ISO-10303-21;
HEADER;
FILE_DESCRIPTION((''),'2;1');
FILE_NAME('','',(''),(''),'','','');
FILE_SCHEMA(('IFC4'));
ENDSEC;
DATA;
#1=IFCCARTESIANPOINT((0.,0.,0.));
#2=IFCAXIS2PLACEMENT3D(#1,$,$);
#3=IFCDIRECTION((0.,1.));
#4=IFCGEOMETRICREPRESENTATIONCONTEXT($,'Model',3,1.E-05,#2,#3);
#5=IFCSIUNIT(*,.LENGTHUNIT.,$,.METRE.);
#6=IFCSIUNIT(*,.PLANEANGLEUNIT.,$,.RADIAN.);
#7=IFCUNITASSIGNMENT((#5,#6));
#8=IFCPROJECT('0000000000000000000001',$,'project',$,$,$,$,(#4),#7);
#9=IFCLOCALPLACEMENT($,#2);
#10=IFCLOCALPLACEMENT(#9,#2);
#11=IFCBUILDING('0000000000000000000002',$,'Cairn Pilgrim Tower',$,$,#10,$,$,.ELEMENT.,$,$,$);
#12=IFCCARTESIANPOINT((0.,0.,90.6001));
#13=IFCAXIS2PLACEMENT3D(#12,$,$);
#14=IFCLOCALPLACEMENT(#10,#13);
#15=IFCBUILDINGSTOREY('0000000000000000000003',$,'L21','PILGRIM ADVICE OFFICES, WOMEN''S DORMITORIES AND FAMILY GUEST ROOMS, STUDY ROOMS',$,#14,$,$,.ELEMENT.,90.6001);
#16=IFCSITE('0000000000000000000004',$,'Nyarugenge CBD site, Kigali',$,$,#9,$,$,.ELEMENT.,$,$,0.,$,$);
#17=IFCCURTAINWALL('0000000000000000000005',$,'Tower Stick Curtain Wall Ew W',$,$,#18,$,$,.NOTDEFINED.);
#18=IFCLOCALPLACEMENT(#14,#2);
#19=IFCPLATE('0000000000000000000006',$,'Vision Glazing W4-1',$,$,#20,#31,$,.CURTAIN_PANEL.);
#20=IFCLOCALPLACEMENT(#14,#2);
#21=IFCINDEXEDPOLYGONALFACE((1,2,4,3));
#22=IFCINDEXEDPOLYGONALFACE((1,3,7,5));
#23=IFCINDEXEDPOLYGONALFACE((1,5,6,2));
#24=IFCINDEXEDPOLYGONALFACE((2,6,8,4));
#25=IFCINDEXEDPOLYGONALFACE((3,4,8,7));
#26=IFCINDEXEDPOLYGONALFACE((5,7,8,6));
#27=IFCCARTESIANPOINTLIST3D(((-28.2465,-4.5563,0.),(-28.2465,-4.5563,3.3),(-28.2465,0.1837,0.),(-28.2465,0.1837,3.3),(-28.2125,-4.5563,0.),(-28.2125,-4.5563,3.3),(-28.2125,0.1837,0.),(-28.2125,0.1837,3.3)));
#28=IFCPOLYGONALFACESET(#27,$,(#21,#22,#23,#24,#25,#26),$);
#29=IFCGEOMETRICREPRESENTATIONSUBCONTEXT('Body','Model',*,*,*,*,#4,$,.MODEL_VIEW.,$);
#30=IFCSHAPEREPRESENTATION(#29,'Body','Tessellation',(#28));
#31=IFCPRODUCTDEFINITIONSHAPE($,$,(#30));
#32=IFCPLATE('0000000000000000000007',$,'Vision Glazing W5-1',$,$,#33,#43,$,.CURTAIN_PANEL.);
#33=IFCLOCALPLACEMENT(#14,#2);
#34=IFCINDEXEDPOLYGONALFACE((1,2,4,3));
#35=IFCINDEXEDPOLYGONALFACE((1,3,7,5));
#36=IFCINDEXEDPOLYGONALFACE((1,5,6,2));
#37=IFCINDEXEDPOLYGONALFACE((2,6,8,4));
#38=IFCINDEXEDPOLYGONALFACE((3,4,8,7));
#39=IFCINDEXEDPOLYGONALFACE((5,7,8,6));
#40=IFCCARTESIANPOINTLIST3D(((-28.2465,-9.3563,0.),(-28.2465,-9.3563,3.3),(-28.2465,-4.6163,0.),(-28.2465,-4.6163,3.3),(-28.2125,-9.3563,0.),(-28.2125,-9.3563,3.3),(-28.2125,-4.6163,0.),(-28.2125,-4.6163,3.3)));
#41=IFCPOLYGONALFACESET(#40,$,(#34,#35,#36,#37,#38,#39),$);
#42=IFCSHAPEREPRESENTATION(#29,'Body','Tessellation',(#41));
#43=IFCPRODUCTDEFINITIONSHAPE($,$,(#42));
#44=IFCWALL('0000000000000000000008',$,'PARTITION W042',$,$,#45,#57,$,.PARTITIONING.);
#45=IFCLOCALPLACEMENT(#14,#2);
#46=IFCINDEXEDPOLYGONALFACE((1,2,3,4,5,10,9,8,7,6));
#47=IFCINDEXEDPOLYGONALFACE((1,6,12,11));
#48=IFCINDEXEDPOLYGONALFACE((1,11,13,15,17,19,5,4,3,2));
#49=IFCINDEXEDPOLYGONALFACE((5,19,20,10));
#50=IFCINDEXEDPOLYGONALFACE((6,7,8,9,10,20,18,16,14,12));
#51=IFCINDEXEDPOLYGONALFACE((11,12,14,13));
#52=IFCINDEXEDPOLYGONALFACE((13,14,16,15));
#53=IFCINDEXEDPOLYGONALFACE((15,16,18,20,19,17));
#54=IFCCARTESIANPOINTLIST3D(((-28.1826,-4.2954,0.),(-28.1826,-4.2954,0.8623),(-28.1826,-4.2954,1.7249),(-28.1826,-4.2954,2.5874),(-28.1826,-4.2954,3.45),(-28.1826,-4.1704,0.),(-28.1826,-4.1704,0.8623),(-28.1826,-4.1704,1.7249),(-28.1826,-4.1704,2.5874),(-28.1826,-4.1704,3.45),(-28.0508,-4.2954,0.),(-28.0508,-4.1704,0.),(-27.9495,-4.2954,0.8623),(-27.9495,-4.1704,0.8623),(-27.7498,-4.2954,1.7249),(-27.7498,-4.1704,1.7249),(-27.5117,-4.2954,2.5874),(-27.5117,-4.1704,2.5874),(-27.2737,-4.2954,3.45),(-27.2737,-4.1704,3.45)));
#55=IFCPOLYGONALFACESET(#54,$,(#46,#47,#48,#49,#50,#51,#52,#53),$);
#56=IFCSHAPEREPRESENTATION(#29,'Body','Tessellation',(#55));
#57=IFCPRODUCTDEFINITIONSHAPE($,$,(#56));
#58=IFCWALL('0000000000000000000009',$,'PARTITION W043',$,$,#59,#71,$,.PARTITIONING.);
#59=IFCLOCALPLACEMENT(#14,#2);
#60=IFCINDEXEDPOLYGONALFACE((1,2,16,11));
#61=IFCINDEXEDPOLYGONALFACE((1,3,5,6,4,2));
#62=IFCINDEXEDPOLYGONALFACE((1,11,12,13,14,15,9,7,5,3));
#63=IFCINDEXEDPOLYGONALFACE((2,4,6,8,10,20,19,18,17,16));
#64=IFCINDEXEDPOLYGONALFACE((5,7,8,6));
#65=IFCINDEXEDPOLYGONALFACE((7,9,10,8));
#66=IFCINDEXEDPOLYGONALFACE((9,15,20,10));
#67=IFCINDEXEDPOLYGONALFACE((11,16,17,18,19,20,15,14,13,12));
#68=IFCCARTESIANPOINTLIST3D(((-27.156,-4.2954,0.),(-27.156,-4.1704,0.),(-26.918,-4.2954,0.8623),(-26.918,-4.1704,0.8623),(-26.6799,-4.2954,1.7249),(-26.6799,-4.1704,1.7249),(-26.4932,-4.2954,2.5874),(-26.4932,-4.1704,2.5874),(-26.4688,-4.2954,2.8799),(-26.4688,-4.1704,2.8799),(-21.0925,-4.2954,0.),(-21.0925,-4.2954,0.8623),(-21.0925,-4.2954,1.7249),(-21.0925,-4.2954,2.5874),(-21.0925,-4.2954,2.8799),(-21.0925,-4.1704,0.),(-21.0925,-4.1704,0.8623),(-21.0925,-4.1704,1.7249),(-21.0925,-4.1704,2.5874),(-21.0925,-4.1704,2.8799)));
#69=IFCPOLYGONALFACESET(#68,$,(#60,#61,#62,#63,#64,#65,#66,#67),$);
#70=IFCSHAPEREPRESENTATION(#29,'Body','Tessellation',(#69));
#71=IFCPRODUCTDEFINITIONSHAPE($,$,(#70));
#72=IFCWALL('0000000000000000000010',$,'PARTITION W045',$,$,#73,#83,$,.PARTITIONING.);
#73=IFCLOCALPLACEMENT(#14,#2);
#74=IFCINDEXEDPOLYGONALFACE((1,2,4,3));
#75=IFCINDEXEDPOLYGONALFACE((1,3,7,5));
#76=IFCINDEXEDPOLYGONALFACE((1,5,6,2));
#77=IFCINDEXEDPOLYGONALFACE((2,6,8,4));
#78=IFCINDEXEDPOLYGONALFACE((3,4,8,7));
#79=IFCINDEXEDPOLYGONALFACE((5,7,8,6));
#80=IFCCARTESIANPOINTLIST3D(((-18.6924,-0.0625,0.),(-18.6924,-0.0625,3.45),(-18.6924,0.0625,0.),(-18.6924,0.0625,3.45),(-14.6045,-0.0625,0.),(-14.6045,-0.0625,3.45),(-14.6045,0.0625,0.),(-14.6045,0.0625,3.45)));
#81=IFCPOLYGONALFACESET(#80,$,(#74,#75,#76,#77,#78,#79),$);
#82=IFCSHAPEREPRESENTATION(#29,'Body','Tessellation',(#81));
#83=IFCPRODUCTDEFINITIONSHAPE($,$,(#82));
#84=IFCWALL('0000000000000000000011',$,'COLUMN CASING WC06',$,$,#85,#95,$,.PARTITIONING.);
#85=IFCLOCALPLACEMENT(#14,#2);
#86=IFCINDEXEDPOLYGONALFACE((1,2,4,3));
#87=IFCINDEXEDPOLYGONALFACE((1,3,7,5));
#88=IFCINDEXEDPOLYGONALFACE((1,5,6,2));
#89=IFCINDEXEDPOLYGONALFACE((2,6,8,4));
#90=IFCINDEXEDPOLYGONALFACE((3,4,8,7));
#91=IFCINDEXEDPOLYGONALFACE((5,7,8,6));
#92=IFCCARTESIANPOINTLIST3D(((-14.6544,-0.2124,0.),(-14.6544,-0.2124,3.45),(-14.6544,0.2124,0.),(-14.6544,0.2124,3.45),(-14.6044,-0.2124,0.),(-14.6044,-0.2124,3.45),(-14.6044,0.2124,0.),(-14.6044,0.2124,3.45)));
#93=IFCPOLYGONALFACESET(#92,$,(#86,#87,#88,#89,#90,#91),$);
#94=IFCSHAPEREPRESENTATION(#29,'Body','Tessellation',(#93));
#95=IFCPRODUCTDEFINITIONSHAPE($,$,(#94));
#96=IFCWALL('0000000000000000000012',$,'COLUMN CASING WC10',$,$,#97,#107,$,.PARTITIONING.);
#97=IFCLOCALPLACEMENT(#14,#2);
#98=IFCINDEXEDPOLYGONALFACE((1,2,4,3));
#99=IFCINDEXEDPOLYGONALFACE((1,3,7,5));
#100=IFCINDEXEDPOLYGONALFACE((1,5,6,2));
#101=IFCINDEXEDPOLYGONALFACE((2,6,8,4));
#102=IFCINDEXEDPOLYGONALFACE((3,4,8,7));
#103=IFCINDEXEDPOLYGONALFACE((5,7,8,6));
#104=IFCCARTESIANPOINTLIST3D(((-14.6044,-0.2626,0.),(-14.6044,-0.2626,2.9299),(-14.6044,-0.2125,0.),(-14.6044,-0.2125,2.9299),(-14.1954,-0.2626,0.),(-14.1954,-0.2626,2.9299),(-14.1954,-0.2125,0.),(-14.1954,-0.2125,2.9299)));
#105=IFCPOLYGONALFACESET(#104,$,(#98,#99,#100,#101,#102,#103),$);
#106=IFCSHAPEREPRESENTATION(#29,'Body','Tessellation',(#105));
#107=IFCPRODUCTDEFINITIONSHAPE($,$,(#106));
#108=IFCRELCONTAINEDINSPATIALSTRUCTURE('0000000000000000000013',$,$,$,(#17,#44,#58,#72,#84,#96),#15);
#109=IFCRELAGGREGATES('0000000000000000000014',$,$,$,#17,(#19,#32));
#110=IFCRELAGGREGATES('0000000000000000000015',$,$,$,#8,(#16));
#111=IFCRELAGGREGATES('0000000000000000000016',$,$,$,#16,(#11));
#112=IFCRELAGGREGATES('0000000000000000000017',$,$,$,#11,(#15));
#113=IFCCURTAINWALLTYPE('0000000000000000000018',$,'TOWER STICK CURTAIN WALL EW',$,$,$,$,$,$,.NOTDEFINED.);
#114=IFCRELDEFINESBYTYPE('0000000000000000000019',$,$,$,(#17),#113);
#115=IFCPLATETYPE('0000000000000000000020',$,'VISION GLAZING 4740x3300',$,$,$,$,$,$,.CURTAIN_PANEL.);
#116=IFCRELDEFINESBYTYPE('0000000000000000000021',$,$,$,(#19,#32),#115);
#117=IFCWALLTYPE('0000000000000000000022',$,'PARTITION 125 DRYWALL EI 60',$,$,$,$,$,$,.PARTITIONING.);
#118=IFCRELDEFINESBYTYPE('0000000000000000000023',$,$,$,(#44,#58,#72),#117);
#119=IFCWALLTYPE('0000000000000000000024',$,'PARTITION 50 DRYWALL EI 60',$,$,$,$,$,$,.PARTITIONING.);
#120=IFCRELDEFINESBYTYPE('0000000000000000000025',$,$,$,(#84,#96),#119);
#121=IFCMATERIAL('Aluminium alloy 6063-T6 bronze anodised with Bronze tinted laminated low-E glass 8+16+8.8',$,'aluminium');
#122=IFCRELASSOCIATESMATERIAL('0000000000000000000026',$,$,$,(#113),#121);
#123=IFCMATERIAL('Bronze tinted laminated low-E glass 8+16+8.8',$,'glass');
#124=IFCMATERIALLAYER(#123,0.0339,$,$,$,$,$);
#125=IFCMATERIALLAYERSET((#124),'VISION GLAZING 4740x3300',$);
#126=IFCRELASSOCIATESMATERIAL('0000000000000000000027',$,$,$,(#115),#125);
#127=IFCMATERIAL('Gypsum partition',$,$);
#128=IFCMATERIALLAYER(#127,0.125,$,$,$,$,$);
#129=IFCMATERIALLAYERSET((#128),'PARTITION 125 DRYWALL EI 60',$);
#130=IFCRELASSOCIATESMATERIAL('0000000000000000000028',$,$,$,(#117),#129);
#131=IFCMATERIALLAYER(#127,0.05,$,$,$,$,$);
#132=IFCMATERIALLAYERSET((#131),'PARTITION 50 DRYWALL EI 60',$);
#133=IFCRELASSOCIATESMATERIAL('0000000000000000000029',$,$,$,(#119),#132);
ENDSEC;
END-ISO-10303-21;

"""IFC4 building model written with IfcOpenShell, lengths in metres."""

from ifc_helpers import new_model, si_unit, direction, frame, frame_2d, origin, origin_2d, place, context, subcontext, project, spatial, polyline, rectangle, outline, extrude, material, layer, layer_set, type_object, element, aggregate, save


model = new_model("IFC4")

# Units and contexts
model_context = context("Model", 3, precision=1e-05, world=origin(), true_north=direction((0.0, 1.0)))
body_context = subcontext(model_context, "Body", "Model", "MODEL_VIEW")
ifc_project = project(units=[si_unit("LENGTHUNIT", "METRE"), si_unit("PLANEANGLEUNIT", "RADIAN")], contexts=[model_context])

# Site, building, storey
site_placement = place(None, origin())
site = spatial("IfcSite", under=ifc_project, at=site_placement, Name="Nyarugenge CBD site, Kigali", CompositionType="ELEMENT", RefElevation=0.0)
building_placement = place(site_placement, origin())
building = spatial("IfcBuilding", under=site, at=building_placement, Name="Cairn Pilgrim Tower", CompositionType="ELEMENT")
storey_placement = place(building_placement, frame((0.0, 0.0, 90.6001)))
storey = spatial("IfcBuildingStorey", under=building, at=storey_placement, Name="L21", Description="PILGRIM ADVICE OFFICES, WOMEN'S DORMITORIES AND FAMILY GUEST ROOMS, STUDY ROOMS", CompositionType="ELEMENT", Elevation=90.6001)

# Curtain wall
ifc_material_1 = material(Name="Aluminium alloy 6063-T6 bronze anodised with Bronze tinted laminated low-E glass 8+16+8.8", Category="aluminium")
curtain_wall_type = type_object("IfcCurtainWallType", Name="TOWER STICK CURTAIN WALL EW", PredefinedType="NOTDEFINED", material=ifc_material_1)
curtain_wall_placement = place(storey_placement, origin())
curtain_wall = element("IfcCurtainWall", 1, at=curtain_wall_placement, inside=storey, type_object=curtain_wall_type, Name="Tower Stick Curtain Wall Ew W", PredefinedType="NOTDEFINED")

# Plates
ifc_material_2 = material(Name="Bronze tinted laminated low-E glass 8+16+8.8", Category="glass")
ifc_layer_1 = layer(ifc_material_2, 0.0339)
ifc_layer_set_1 = layer_set([ifc_layer_1], Name="VISION GLAZING 4740x3300")
plate_type = type_object("IfcPlateType", Name="VISION GLAZING 4740x3300", PredefinedType="CURTAIN_PANEL", material=ifc_layer_set_1)
plate_1_placement = place(storey_placement, frame((-28.2295, -2.1863, 0.0), z_axis=(0.0, 0.0, 1.0), x_axis=(0.0, -1.0, 0.0)))
plate_1 = element("IfcPlate", 2, at=plate_1_placement, type_object=plate_type, Name="Vision Glazing W4-1", PredefinedType="CURTAIN_PANEL", context=body_context, shape_type="SweptSolid", body=[
    extrude(rectangle(XDim=4.74, YDim=0.0339, at=origin_2d()), origin(), (0.0, 0.0, 1.0), 3.3),
])
plate_2_placement = place(storey_placement, frame((-28.2295, -6.9863, 0.0), z_axis=(0.0, 0.0, 1.0), x_axis=(0.0, -1.0, 0.0)))
plate_2 = element("IfcPlate", 3, at=plate_2_placement, type_object=plate_type, Name="Vision Glazing W5-1", PredefinedType="CURTAIN_PANEL", context=body_context, shape_type="SweptSolid", body=[
    extrude(rectangle(XDim=4.74, YDim=0.0339, at=origin_2d()), origin(), (0.0, 0.0, 1.0), 3.3),
])
aggregate(curtain_wall, [plate_1, plate_2])

# Walls
ifc_material_3 = material(Name="Gypsum partition")
ifc_layer_2 = layer(ifc_material_3, 0.125)
ifc_layer_set_2 = layer_set([ifc_layer_2], Name="PARTITION 125 DRYWALL EI 60")
wall_type_1 = type_object("IfcWallType", Name="PARTITION 125 DRYWALL EI 60", PredefinedType="PARTITIONING", material=ifc_layer_set_2)
wall_1_placement = place(storey_placement, frame((-28.1826, -4.2329, 0.0), z_axis=(0.0, 0.0, 1.0), x_axis=(1.0, 0.0, 0.0)))
element("IfcWall", 4, at=wall_1_placement, inside=storey, type_object=wall_type_1, Name="PARTITION W042", PredefinedType="PARTITIONING", context=body_context, shape_type="SweptSolid", body=[
    extrude(outline(polyline([(0.0, 0.0), (0.1318, 0.0), (0.2332, 0.8623), (0.4329, 1.7249), (0.6709, 2.5874), (0.9089, 3.45), (0.0, 3.45), (0.0, 2.5874), (0.0, 1.7249), (0.0, 0.8623), (0.0, 0.0)])), frame((0.0, 0.0625, 0.0), z_axis=(0.0, -1.0, 0.0), x_axis=(1.0, 0.0, 0.0)), (0.0, 0.0, 1.0), 0.125),
])
wall_2_placement = place(storey_placement, frame((-27.156, -4.2329, 0.0), z_axis=(0.0, 0.0, 1.0), x_axis=(1.0, 0.0, 0.0)))
element("IfcWall", 5, at=wall_2_placement, inside=storey, type_object=wall_type_1, Name="PARTITION W043", PredefinedType="PARTITIONING", context=body_context, shape_type="SweptSolid", body=[
    extrude(outline(polyline([(0.0, 0.0), (6.0635, 0.0), (6.0635, 0.8623), (6.0635, 1.7249), (6.0635, 2.5874), (6.0635, 2.8799), (0.6873, 2.8799), (0.6628, 2.5874), (0.4761, 1.7249), (0.238, 0.8623), (0.0, 0.0)])), frame((0.0, 0.0625, 0.0), z_axis=(0.0, -1.0, 0.0), x_axis=(1.0, 0.0, 0.0)), (0.0, 0.0, 1.0), 0.125),
])
wall_3_placement = place(storey_placement, frame((-18.6924, 0.0, 0.0), z_axis=(0.0, 0.0, 1.0), x_axis=(1.0, 0.0, 0.0)))
element("IfcWall", 6, at=wall_3_placement, inside=storey, type_object=wall_type_1, Name="PARTITION W045", PredefinedType="PARTITIONING", context=body_context, shape_type="SweptSolid", body=[
    extrude(rectangle(XDim=4.0879, YDim=0.125, at=frame_2d((2.0439, 0.0))), origin(), (0.0, 0.0, 1.0), 3.45),
])
ifc_layer_3 = layer(ifc_material_3, 0.05)
ifc_layer_set_3 = layer_set([ifc_layer_3], Name="PARTITION 50 DRYWALL EI 60")
wall_type_2 = type_object("IfcWallType", Name="PARTITION 50 DRYWALL EI 60", PredefinedType="PARTITIONING", material=ifc_layer_set_3)
wall_4_placement = place(storey_placement, frame((-14.6294, -0.2124, 0.0), z_axis=(0.0, 0.0, 1.0), x_axis=(0.0, 1.0, 0.0)))
element("IfcWall", 7, at=wall_4_placement, inside=storey, type_object=wall_type_2, Name="COLUMN CASING WC06", PredefinedType="PARTITIONING", context=body_context, shape_type="SweptSolid", body=[
    extrude(rectangle(XDim=0.4248, YDim=0.05, at=frame_2d((0.2124, 0.0))), origin(), (0.0, 0.0, 1.0), 3.45),
])
wall_5_placement = place(storey_placement, frame((-14.6045, -0.2375, 0.0), z_axis=(0.0, 0.0, 1.0), x_axis=(1.0, 0.0, 0.0)))
element("IfcWall", 8, at=wall_5_placement, inside=storey, type_object=wall_type_2, Name="COLUMN CASING WC10", PredefinedType="PARTITIONING", context=body_context, shape_type="SweptSolid", body=[
    extrude(rectangle(XDim=0.4089, YDim=0.05, at=frame_2d((0.2046, 0.0))), origin(), (0.0, 0.0, 1.0), 2.9299),
])

save(model, "model.ifc")
